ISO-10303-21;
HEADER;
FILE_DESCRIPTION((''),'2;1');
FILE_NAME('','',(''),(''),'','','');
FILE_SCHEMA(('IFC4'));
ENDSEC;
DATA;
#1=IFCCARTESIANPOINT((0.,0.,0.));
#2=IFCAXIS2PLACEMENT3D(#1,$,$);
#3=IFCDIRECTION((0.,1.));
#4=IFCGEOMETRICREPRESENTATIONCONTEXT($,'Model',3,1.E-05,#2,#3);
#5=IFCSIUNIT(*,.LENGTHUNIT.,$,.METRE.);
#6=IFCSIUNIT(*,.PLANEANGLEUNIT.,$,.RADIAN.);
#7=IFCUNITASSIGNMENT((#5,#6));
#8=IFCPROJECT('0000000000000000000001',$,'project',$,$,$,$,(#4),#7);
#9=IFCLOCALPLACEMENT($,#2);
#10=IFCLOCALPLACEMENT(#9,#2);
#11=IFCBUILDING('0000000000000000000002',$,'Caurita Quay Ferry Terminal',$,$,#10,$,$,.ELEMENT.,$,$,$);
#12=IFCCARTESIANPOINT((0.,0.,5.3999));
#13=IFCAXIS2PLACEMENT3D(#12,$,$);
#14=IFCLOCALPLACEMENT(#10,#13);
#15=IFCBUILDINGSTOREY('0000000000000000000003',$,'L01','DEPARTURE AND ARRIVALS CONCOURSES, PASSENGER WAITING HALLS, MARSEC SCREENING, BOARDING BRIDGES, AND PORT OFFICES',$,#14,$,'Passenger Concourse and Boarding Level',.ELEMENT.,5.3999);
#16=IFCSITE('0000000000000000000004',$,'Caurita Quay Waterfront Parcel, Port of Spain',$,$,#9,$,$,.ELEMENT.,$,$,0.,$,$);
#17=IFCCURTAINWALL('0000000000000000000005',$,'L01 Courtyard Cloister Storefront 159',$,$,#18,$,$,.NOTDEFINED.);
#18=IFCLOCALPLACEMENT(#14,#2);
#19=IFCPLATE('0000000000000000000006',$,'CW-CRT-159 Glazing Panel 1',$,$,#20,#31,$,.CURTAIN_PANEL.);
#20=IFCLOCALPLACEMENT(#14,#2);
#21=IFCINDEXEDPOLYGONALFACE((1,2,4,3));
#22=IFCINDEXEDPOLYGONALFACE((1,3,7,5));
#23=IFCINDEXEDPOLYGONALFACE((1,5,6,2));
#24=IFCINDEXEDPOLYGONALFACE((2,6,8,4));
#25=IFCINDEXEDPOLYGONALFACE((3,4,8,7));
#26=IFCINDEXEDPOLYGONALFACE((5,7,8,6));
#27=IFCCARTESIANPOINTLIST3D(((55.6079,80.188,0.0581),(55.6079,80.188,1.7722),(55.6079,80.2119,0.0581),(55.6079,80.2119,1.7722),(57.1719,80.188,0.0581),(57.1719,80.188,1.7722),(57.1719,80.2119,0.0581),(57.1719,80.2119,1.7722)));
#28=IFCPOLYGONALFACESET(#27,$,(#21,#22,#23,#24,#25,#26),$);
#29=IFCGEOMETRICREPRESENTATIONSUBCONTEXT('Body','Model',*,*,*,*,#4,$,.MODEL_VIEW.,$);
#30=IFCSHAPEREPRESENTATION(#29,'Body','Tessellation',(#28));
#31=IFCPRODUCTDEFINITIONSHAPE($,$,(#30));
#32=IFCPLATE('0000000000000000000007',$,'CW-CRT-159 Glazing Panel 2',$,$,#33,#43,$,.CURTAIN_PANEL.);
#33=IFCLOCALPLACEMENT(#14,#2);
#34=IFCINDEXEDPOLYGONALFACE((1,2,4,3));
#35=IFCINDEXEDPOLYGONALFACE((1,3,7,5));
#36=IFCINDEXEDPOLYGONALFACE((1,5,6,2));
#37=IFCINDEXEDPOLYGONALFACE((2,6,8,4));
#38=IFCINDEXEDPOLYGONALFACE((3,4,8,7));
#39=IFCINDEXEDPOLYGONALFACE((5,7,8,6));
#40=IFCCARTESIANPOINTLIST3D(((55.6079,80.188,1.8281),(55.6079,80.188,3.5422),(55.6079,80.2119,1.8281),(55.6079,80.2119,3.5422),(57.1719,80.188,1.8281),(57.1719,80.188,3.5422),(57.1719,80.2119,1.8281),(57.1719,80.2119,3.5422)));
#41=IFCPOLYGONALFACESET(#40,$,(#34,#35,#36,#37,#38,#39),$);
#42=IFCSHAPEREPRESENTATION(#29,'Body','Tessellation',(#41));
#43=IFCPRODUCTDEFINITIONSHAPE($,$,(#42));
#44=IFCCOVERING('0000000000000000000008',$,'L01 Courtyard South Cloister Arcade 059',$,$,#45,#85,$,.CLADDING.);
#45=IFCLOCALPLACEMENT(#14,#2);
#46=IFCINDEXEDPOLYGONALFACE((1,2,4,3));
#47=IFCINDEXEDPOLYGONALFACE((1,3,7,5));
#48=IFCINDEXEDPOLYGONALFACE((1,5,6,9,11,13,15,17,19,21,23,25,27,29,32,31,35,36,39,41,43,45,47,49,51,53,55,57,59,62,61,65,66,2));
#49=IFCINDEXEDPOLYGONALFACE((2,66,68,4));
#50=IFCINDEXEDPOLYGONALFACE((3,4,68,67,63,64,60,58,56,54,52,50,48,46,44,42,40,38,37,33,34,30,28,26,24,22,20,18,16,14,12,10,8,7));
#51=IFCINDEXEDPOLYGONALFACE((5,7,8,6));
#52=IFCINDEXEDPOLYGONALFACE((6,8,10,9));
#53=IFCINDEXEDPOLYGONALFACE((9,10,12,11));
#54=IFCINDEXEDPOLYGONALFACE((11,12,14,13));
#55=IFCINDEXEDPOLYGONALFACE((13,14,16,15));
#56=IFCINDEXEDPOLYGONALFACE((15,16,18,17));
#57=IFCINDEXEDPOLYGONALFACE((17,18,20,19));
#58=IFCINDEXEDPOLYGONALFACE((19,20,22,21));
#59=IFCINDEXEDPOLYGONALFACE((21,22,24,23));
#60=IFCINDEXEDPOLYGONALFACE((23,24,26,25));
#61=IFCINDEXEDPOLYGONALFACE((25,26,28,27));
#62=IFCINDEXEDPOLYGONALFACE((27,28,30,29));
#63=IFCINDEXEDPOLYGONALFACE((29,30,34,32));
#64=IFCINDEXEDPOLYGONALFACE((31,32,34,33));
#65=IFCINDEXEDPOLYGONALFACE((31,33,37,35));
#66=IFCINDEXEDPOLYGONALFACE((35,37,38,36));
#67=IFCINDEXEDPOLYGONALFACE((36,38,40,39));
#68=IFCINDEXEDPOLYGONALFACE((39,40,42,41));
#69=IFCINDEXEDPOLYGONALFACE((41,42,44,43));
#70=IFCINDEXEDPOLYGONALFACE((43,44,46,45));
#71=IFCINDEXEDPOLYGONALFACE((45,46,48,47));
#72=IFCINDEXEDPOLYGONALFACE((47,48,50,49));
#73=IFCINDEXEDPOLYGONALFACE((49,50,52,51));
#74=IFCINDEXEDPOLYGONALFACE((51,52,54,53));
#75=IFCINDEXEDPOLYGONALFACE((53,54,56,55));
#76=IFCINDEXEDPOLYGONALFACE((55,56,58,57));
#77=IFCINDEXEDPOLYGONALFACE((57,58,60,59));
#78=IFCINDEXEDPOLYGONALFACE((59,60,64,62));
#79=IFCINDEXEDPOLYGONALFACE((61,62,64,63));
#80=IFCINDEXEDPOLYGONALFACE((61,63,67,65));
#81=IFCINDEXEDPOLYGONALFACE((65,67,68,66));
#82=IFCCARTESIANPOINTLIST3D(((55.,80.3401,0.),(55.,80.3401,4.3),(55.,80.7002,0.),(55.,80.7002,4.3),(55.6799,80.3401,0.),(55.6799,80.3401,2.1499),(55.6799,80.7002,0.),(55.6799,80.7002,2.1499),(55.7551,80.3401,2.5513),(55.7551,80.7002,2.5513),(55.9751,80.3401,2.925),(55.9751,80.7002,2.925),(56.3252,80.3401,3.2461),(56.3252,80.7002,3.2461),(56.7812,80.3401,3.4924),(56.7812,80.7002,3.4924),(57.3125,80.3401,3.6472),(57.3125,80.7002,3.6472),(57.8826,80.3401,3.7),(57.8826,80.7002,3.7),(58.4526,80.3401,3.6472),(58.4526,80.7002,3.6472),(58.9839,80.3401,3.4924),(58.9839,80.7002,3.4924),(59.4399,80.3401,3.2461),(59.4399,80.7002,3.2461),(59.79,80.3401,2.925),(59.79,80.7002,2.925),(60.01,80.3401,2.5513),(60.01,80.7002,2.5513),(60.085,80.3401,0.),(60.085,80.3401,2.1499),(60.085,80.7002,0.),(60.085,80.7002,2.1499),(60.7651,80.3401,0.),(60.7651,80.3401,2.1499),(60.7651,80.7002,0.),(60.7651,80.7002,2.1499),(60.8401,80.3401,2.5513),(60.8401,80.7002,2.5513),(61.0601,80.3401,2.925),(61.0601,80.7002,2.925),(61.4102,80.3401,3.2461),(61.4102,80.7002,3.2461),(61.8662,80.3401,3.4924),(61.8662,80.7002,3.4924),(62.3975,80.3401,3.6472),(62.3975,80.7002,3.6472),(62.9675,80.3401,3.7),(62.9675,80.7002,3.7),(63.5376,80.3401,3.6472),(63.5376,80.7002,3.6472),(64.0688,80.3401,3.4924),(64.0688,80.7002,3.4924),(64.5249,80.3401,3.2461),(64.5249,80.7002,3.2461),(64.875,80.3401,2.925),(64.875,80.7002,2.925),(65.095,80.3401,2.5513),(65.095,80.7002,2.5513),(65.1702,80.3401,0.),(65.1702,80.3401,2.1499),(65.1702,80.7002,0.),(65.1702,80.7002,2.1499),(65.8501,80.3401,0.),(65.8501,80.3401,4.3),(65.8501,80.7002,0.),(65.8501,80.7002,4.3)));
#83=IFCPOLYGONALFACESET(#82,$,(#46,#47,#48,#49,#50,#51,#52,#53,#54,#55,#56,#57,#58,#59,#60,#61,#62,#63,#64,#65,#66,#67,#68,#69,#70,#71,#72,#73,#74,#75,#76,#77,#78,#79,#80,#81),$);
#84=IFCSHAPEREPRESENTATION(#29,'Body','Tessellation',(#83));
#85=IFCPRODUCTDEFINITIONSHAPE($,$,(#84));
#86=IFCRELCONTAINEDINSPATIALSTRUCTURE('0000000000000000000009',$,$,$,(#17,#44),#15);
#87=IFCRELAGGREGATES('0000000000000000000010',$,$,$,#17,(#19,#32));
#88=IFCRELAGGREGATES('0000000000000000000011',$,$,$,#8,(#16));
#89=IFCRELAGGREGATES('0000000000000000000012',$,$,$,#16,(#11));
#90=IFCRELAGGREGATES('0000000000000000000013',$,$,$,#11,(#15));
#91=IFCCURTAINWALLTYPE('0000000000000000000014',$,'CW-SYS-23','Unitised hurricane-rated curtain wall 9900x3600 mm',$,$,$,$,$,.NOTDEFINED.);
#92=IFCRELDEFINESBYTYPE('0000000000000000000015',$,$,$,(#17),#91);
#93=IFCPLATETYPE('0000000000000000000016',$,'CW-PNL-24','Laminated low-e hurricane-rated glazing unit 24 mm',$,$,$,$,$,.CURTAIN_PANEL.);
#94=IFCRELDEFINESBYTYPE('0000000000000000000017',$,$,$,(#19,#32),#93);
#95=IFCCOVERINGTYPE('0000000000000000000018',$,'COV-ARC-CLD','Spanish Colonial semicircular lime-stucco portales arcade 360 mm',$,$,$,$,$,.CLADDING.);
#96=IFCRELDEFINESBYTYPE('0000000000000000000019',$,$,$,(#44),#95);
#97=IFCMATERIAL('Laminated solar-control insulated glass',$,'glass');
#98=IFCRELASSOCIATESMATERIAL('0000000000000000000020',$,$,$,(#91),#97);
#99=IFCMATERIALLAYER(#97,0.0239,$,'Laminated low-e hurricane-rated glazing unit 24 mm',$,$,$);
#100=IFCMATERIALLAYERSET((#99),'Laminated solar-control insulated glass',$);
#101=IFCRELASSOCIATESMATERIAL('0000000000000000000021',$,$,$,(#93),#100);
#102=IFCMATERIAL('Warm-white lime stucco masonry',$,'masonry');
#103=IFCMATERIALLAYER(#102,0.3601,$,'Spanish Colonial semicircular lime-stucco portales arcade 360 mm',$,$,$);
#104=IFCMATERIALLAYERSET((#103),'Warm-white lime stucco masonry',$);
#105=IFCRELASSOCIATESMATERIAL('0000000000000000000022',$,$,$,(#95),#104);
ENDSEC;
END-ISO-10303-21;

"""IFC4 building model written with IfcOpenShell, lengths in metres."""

from ifc_helpers import new_model, si_unit, direction, frame, origin, origin_2d, place, context, subcontext, project, spatial, polyline, rectangle, outline, extrude, material, layer, layer_set, type_object, element, aggregate, save


model = new_model("IFC4")

# Units and contexts
model_context = context("Model", 3, precision=1e-05, world=origin(), true_north=direction((0.0, 1.0)))
body_context = subcontext(model_context, "Body", "Model", "MODEL_VIEW")
ifc_project = project(units=[si_unit("LENGTHUNIT", "METRE"), si_unit("PLANEANGLEUNIT", "RADIAN")], contexts=[model_context])

# Site, building, storey
site_placement = place(None, origin())
site = spatial("IfcSite", under=ifc_project, at=site_placement, Name="Caurita Quay Waterfront Parcel, Port of Spain", CompositionType="ELEMENT", RefElevation=0.0)
building_placement = place(site_placement, origin())
building = spatial("IfcBuilding", under=site, at=building_placement, Name="Caurita Quay Ferry Terminal", CompositionType="ELEMENT")
storey_placement = place(building_placement, frame((0.0, 0.0, 5.3999)))
storey = spatial("IfcBuildingStorey", under=building, at=storey_placement, Name="L01", Description="DEPARTURE AND ARRIVALS CONCOURSES, PASSENGER WAITING HALLS, MARSEC SCREENING, BOARDING BRIDGES, AND PORT OFFICES", LongName="Passenger Concourse and Boarding Level", CompositionType="ELEMENT", Elevation=5.3999)

# Curtain wall
ifc_material_1 = material(Name="Laminated solar-control insulated glass", Category="glass")
curtain_wall_type = type_object("IfcCurtainWallType", Name="CW-SYS-23", Description="Unitised hurricane-rated curtain wall 9900x3600 mm", PredefinedType="NOTDEFINED", material=ifc_material_1)
curtain_wall_1_placement = place(storey_placement, origin())
curtain_wall_1 = element("IfcCurtainWall", 1, at=curtain_wall_1_placement, inside=storey, type_object=curtain_wall_type, Name="L01 Courtyard Cloister Storefront 159", PredefinedType="NOTDEFINED")

# Plates
ifc_layer_1 = layer(ifc_material_1, 0.0239, Name="Laminated low-e hurricane-rated glazing unit 24 mm")
ifc_layer_set_1 = layer_set([ifc_layer_1], Name="Laminated solar-control insulated glass")
plate_type = type_object("IfcPlateType", Name="CW-PNL-24", Description="Laminated low-e hurricane-rated glazing unit 24 mm", PredefinedType="CURTAIN_PANEL", material=ifc_layer_set_1)
plate_1_placement = place(storey_placement, frame((56.3899, 80.2, 0.0581), z_axis=(0.0, 0.0, 1.0), x_axis=(1.0, 0.0, 0.0)))
plate_1 = element("IfcPlate", 2, at=plate_1_placement, type_object=plate_type, Name="CW-CRT-159 Glazing Panel 1", PredefinedType="CURTAIN_PANEL", context=body_context, shape_type="SweptSolid", body=[
    extrude(rectangle(XDim=1.564, YDim=0.0239, at=origin_2d()), origin(), (0.0, 0.0, 1.0), 1.7141),
])
plate_2_placement = place(storey_placement, frame((56.3899, 80.2, 1.8281), z_axis=(0.0, 0.0, 1.0), x_axis=(1.0, 0.0, 0.0)))
plate_2 = element("IfcPlate", 3, at=plate_2_placement, type_object=plate_type, Name="CW-CRT-159 Glazing Panel 2", PredefinedType="CURTAIN_PANEL", context=body_context, shape_type="SweptSolid", body=[
    extrude(rectangle(XDim=1.564, YDim=0.0239, at=origin_2d()), origin(), (0.0, 0.0, 1.0), 1.7141),
])
aggregate(curtain_wall_1, [plate_1, plate_2])

# Covering
ifc_material_2 = material(Name="Warm-white lime stucco masonry", Category="masonry")
ifc_layer_2 = layer(ifc_material_2, 0.3601, Name="Spanish Colonial semicircular lime-stucco portales arcade 360 mm")
ifc_layer_set_2 = layer_set([ifc_layer_2], Name="Warm-white lime stucco masonry")
covering_type = type_object("IfcCoveringType", Name="COV-ARC-CLD", Description="Spanish Colonial semicircular lime-stucco portales arcade 360 mm", PredefinedType="CLADDING", material=ifc_layer_set_2)
covering_placement = place(storey_placement, frame((55.0, 80.52, 0.0), z_axis=(0.0, 0.0, 1.0), x_axis=(1.0, 0.0, 0.0)))
element("IfcCovering", 4, at=covering_placement, inside=storey, type_object=covering_type, Name="L01 Courtyard South Cloister Arcade 059", PredefinedType="CLADDING", context=body_context, shape_type="SweptSolid", body=[
    extrude(outline(polyline([(0.0, 0.0), (0.6799, 0.0), (0.6799, 2.1499), (0.7551, 2.5513), (0.9751, 2.925), (1.3252, 3.2461), (1.7812, 3.4924), (2.3125, 3.6472), (2.8826, 3.7), (3.4526, 3.6472), (3.9839, 3.4924), (4.4399, 3.2461), (4.79, 2.925), (5.01, 2.5513), (5.085, 2.1499), (5.085, 0.0), (5.7651, 0.0), (5.7651, 2.1499), (5.8401, 2.5513), (6.0601, 2.925), (6.4102, 3.2461), (6.8662, 3.4924), (7.3975, 3.6472), (7.9675, 3.7), (8.5376, 3.6472), (9.0688, 3.4924), (9.5249, 3.2461), (9.875, 2.925), (10.095, 2.5513), (10.1702, 2.1499), (10.1702, 0.0), (10.8501, 0.0), (10.8501, 4.3), (0.0, 4.3), (0.0, 0.0)])), frame((0.0, 0.1802, 0.0), z_axis=(0.0, -1.0, 0.0), x_axis=(1.0, 0.0, 0.0)), (0.0, 0.0, 1.0), 0.3601),
])

save(model, "model.ifc")
